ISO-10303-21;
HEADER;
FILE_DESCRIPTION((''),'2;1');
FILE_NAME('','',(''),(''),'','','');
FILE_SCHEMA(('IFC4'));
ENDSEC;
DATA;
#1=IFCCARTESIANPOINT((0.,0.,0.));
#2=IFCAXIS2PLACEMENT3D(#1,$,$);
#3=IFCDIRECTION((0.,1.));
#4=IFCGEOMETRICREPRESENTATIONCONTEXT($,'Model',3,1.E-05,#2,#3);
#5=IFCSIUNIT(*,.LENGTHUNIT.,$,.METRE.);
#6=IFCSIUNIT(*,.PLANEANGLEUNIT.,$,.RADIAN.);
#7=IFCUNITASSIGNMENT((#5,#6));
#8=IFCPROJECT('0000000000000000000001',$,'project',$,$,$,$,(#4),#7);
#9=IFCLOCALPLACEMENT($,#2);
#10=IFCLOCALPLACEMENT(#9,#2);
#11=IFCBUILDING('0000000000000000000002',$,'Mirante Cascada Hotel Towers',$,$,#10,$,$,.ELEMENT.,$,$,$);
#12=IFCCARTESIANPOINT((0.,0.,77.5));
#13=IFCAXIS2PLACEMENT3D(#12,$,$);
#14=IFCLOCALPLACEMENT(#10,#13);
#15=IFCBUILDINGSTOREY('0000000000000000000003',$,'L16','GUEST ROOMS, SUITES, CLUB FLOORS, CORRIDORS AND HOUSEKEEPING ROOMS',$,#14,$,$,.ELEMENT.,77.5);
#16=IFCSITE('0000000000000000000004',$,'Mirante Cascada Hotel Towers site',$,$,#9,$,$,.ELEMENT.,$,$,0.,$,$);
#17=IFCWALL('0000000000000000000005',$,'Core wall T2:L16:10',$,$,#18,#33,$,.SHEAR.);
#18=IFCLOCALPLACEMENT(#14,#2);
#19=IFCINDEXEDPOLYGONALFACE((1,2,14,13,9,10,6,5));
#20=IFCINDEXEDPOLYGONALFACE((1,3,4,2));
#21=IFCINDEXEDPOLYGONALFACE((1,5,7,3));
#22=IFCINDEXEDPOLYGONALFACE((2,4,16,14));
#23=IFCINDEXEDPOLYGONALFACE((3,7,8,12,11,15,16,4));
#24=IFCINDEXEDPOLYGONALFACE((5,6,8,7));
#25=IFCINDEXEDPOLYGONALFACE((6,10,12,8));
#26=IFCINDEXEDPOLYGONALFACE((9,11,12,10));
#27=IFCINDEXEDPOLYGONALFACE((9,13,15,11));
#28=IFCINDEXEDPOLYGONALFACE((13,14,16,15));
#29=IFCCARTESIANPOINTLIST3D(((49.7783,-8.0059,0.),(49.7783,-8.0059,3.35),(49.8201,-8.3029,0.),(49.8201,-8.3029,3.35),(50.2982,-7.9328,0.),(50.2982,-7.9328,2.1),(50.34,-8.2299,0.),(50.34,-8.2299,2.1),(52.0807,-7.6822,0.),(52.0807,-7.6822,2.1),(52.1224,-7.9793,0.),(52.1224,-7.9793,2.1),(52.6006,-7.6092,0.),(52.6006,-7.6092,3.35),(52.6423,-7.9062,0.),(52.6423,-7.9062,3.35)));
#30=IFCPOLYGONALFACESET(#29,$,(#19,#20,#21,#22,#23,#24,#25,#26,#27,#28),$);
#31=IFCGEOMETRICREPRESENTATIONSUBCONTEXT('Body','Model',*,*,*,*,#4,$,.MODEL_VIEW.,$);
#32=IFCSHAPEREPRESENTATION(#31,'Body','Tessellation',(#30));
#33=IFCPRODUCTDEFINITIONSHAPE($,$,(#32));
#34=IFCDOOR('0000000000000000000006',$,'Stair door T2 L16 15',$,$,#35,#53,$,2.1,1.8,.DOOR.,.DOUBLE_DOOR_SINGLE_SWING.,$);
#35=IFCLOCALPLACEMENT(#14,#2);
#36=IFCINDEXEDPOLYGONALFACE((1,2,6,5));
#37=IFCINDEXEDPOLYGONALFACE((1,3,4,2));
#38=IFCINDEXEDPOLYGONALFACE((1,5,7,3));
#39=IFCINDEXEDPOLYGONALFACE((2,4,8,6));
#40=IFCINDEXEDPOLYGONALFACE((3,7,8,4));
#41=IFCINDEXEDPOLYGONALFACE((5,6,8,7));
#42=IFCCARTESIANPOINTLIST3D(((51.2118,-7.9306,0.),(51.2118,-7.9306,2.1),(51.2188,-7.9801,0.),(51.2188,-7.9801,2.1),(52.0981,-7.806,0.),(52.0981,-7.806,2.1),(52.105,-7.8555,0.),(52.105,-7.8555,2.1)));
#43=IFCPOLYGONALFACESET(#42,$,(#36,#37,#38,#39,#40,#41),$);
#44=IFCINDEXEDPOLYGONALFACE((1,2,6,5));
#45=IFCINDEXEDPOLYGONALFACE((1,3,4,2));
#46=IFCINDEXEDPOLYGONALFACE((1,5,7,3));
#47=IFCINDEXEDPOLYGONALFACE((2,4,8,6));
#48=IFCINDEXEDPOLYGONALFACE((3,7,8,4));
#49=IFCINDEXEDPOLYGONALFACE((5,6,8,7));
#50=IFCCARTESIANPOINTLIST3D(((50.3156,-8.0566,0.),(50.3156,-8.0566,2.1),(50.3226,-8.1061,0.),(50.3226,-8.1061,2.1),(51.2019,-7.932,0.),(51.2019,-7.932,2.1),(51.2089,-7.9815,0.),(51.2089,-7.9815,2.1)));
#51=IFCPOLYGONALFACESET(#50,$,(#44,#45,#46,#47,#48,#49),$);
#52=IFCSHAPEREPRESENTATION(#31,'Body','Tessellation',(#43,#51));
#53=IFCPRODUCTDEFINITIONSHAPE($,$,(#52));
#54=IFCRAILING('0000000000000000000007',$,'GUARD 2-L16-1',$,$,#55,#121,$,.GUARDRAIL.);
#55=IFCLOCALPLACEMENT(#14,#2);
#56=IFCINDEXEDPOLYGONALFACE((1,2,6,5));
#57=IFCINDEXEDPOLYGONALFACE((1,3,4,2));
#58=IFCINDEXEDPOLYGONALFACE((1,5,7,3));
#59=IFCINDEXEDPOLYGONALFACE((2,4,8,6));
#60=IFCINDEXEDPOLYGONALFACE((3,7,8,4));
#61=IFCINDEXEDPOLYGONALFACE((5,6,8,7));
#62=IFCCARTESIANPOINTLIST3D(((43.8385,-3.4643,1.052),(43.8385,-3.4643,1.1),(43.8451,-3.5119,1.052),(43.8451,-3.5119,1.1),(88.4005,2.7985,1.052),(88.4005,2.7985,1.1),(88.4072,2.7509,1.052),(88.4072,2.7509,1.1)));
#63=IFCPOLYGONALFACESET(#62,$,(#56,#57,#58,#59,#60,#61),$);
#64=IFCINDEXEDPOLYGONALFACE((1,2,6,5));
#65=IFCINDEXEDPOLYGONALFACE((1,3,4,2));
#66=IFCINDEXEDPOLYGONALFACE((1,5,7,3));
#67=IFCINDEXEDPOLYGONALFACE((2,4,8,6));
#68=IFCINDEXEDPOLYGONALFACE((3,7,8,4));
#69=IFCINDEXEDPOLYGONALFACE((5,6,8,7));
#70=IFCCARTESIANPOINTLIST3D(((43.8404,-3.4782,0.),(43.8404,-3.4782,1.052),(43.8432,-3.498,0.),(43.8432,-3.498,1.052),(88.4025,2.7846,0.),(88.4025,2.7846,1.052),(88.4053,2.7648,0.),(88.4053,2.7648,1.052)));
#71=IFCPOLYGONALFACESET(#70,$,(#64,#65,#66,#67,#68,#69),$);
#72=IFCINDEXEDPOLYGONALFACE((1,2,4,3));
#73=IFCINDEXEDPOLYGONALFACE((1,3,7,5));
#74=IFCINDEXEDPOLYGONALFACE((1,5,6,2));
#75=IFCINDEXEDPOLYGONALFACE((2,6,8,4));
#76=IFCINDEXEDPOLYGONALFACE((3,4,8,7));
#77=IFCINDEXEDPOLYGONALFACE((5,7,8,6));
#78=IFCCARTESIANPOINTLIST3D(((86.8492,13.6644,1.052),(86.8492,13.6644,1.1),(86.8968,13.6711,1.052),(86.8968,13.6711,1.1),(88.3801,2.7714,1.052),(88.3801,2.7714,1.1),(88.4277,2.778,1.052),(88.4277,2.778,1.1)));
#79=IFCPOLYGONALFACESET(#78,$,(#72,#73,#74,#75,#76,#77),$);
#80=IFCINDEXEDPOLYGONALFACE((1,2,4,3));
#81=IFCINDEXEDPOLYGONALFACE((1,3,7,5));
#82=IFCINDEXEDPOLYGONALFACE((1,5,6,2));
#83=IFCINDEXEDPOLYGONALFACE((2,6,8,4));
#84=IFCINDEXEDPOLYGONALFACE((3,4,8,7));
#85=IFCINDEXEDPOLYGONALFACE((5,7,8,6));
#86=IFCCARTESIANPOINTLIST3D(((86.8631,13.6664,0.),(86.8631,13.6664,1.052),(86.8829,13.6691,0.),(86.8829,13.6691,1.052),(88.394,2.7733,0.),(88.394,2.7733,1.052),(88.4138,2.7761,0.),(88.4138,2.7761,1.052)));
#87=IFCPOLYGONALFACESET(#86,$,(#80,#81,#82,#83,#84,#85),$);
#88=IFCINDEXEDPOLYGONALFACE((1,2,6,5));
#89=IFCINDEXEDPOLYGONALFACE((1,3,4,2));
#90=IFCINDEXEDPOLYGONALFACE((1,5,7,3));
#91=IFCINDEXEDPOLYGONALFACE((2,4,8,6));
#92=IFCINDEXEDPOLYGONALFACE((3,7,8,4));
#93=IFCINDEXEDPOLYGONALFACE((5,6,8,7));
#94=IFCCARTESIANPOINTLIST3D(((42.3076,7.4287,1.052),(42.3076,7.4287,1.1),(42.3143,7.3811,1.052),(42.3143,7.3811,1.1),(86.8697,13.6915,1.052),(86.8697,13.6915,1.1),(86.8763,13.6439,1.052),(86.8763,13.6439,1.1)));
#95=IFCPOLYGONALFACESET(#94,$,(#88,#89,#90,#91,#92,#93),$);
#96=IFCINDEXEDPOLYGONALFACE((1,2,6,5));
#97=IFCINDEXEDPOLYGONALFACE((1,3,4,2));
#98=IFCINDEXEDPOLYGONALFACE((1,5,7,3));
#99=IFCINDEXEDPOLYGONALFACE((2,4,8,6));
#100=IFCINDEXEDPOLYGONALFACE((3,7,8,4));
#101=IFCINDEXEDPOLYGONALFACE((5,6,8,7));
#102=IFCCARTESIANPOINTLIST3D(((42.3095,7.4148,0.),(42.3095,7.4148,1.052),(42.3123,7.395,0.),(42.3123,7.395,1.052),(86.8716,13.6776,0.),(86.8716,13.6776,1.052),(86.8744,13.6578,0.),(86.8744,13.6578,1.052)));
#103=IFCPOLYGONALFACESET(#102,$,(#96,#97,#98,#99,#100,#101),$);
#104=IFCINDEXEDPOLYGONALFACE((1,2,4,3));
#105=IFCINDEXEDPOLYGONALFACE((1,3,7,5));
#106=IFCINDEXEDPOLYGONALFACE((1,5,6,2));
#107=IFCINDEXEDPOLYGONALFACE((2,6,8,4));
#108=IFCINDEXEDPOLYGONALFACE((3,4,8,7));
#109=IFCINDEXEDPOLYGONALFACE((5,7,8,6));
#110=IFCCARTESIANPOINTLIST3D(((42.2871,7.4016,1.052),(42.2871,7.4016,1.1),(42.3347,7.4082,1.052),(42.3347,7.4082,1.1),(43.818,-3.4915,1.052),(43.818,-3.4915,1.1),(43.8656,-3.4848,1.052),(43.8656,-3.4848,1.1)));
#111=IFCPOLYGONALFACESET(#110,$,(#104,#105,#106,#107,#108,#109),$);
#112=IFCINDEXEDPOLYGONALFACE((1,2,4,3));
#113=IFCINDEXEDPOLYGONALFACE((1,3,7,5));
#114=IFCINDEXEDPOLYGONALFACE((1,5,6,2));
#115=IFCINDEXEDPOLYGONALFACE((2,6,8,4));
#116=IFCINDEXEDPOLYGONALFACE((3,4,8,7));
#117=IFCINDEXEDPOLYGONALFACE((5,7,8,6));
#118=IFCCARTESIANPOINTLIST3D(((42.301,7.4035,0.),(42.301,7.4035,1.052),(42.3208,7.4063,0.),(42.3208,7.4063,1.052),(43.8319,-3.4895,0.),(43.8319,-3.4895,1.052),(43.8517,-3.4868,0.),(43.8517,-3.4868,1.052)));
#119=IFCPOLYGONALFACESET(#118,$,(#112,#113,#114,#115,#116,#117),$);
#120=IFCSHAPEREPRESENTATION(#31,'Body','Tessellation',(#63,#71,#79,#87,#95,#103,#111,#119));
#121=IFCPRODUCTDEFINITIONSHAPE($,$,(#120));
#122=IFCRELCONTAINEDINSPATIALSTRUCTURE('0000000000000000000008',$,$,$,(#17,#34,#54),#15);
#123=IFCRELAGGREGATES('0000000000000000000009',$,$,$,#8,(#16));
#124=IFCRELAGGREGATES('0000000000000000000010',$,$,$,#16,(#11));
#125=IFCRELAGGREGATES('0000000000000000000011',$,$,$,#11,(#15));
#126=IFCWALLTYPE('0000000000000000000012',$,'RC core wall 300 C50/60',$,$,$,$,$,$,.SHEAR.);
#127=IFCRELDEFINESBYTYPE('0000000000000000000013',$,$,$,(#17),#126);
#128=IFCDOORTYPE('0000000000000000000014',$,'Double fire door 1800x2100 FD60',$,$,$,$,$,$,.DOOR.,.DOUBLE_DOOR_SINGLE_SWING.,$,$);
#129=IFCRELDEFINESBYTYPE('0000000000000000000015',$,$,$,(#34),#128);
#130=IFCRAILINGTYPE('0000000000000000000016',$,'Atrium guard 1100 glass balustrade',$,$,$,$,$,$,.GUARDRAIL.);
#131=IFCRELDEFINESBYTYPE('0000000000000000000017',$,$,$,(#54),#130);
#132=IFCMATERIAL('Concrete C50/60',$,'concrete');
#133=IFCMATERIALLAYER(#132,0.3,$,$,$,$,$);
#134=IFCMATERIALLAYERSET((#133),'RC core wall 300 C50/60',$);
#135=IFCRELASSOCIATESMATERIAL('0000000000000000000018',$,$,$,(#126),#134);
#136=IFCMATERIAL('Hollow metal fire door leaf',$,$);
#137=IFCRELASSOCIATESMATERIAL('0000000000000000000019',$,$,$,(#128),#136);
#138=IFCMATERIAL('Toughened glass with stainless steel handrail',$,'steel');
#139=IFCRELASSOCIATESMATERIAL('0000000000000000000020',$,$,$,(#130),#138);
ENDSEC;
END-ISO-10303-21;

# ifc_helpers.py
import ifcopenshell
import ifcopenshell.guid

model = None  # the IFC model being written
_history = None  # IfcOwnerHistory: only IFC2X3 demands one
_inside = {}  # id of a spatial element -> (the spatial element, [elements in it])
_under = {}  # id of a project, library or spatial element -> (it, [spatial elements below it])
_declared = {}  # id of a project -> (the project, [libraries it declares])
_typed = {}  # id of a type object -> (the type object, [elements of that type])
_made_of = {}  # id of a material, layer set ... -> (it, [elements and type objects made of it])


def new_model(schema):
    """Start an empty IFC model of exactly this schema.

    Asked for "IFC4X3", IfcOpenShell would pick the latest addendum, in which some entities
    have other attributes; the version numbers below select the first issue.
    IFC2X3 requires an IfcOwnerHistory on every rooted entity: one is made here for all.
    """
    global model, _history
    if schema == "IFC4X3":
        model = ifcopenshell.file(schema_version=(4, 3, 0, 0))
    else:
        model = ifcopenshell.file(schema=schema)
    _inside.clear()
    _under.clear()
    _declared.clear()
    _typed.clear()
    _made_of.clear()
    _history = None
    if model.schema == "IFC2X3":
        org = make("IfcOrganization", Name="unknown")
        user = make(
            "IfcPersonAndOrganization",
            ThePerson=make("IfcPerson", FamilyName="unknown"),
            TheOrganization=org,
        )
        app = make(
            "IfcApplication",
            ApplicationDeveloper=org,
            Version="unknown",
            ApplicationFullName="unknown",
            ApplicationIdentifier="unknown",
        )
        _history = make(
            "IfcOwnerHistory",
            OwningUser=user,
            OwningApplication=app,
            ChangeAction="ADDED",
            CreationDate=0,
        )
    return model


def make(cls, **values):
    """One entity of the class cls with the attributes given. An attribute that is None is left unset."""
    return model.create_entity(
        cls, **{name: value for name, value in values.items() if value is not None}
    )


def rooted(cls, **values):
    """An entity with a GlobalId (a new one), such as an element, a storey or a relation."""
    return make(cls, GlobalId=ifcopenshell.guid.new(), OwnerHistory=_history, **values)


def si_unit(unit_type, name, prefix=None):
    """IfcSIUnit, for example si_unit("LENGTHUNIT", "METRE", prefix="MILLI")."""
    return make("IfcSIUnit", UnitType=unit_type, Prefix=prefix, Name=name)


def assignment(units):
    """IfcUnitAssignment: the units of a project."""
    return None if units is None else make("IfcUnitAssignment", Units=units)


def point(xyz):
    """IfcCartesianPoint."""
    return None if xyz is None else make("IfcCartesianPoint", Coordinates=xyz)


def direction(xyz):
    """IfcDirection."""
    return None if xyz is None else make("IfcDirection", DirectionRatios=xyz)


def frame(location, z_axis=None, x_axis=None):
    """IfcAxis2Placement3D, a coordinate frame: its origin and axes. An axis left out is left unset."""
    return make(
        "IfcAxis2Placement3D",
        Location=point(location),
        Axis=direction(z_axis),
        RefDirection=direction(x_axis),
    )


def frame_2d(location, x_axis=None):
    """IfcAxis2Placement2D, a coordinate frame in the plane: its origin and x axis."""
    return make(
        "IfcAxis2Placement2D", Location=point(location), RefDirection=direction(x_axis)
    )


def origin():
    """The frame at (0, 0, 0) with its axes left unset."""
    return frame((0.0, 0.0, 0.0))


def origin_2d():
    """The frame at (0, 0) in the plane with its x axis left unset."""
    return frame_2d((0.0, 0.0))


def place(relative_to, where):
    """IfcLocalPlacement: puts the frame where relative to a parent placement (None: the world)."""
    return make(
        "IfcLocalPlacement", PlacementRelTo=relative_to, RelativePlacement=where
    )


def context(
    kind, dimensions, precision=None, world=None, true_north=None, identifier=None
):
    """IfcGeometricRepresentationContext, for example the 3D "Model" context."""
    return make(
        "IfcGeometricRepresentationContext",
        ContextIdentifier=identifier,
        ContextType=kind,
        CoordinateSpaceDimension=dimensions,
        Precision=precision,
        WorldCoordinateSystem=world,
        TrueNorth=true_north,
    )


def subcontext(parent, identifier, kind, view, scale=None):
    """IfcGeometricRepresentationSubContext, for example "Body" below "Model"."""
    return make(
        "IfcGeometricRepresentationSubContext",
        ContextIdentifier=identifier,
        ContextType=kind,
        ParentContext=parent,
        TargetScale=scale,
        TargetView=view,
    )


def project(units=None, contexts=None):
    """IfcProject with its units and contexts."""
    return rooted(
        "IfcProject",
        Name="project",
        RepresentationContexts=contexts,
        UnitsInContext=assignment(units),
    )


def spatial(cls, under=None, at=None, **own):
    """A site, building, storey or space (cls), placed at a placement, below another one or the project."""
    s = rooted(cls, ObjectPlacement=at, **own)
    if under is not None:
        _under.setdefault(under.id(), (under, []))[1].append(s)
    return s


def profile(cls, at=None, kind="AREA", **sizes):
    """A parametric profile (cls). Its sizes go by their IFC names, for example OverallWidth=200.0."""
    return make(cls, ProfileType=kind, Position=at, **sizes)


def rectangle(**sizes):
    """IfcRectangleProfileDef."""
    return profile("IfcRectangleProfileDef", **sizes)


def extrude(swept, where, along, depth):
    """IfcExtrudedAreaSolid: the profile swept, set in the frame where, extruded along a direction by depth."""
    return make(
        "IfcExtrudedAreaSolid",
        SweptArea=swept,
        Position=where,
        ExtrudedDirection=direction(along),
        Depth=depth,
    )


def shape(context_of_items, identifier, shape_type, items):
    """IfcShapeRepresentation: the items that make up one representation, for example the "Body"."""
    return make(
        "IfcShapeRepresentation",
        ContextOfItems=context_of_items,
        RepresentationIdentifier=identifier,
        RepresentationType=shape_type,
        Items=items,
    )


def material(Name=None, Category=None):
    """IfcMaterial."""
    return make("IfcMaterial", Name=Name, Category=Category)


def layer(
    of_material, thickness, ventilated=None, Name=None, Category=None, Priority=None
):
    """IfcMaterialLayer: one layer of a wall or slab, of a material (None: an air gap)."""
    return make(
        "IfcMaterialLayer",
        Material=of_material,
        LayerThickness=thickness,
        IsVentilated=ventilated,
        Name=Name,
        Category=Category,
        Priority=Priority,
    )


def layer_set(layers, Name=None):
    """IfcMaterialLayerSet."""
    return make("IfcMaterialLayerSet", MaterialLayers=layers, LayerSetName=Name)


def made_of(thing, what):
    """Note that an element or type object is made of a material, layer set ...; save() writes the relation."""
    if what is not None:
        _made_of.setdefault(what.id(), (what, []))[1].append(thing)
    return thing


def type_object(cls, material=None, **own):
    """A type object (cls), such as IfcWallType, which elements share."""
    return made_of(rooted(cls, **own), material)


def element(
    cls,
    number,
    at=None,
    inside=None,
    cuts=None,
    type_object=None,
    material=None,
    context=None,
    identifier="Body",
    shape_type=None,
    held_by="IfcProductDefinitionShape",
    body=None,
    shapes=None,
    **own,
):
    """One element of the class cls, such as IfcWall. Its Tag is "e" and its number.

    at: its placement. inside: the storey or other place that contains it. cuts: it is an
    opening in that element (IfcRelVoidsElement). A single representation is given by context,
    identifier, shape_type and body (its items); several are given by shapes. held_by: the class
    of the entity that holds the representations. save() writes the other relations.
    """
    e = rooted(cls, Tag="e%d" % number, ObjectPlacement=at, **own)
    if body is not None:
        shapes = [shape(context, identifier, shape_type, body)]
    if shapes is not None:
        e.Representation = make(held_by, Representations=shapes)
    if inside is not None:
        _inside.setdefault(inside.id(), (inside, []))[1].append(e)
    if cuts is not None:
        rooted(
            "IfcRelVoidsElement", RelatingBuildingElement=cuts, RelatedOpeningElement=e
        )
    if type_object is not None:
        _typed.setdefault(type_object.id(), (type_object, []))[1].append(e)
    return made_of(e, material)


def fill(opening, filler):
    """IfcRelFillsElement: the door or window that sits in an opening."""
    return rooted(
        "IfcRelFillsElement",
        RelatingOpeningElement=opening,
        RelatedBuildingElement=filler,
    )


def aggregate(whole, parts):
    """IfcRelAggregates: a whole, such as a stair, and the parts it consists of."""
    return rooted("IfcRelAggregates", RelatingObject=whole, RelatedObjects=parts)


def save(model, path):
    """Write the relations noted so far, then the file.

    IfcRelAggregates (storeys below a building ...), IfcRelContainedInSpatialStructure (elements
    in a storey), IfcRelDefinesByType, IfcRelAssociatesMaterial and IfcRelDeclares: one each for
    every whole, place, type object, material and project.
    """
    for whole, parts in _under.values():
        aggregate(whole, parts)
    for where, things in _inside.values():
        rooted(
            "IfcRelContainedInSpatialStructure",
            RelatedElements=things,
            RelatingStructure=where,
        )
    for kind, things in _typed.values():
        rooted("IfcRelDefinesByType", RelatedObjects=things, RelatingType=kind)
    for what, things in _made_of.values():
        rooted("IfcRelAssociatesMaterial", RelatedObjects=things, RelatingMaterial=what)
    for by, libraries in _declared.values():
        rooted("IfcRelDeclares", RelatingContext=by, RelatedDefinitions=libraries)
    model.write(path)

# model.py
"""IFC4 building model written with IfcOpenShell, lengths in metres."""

from ifc_helpers import new_model, si_unit, direction, frame, frame_2d, origin, origin_2d, place, context, subcontext, project, spatial, rectangle, extrude, material, layer, layer_set, type_object, element, fill, save


model = new_model("IFC4")

# Units and contexts
model_context = context("Model", 3, precision=1e-05, world=origin(), true_north=direction((0.0, 1.0)))
body_context = subcontext(model_context, "Body", "Model", "MODEL_VIEW")
ifc_project = project(units=[si_unit("LENGTHUNIT", "METRE"), si_unit("PLANEANGLEUNIT", "RADIAN")], contexts=[model_context])

# Site, building, storey
site_placement = place(None, origin())
site = spatial("IfcSite", under=ifc_project, at=site_placement, Name="Mirante Cascada Hotel Towers site", CompositionType="ELEMENT", RefElevation=0.0)
building_placement = place(site_placement, origin())
building = spatial("IfcBuilding", under=site, at=building_placement, Name="Mirante Cascada Hotel Towers", CompositionType="ELEMENT")
storey_placement = place(building_placement, frame((0.0, 0.0, 77.5)))
storey = spatial("IfcBuildingStorey", under=building, at=storey_placement, Name="L16", Description="GUEST ROOMS, SUITES, CLUB FLOORS, CORRIDORS AND HOUSEKEEPING ROOMS", CompositionType="ELEMENT", Elevation=77.5)

# Wall, opening, door
ifc_material_1 = material(Name="Concrete C50/60", Category="concrete")
ifc_layer_1 = layer(ifc_material_1, 0.3)
ifc_layer_set_1 = layer_set([ifc_layer_1], Name="RC core wall 300 C50/60")
wall_type_1 = type_object("IfcWallType", Name="RC core wall 300 C50/60", PredefinedType="SHEAR", material=ifc_layer_set_1)
wall_1_placement = place(storey_placement, frame((49.7992, -8.1544, 0.0), z_axis=(0.0, 0.0, 1.0), x_axis=(0.990266, 0.139191, 0.0)))
wall_1 = element("IfcWall", 1, at=wall_1_placement, inside=storey, type_object=wall_type_1, Name="Core wall T2:L16:10", PredefinedType="SHEAR", context=body_context, shape_type="SweptSolid", body=[
    extrude(rectangle(XDim=2.85, YDim=0.3, at=frame_2d((1.425, 0.0))), origin(), (0.0, 0.0, 1.0), 3.35),
])
opening_1_placement = place(wall_1_placement, frame((0.525, 0.0, 0.0)))
opening_1 = element("IfcOpeningElement", 2, at=opening_1_placement, cuts=wall_1, PredefinedType="OPENING", context=body_context, shape_type="SweptSolid", body=[
    extrude(rectangle(XDim=1.8, YDim=2.1, at=frame_2d((0.9, 1.05))), frame((0.0, 0.15, 0.0), z_axis=(0.0, -1.0, 0.0), x_axis=(1.0, 0.0, 0.0)), (0.0, 0.0, 1.0), 0.3),
])
ifc_material_2 = material(Name="Hollow metal fire door leaf")
door_type_1 = type_object("IfcDoorType", Name="Double fire door 1800x2100 FD60", OperationType="DOUBLE_DOOR_SINGLE_SWING", PredefinedType="DOOR", material=ifc_material_2)
door_1_placement = place(opening_1_placement, frame((1.8, 0.0, 0.0), z_axis=(0.0, 0.0, 1.0), x_axis=(-1.0, 0.0, 0.0)))
door_1 = element("IfcDoor", 3, at=door_1_placement, inside=storey, type_object=door_type_1, Name="Stair door T2 L16 15", OperationType="DOUBLE_DOOR_SINGLE_SWING", OverallHeight=2.1, OverallWidth=1.8, PredefinedType="DOOR", context=body_context, shape_type="SweptSolid", body=[
    extrude(rectangle(XDim=0.895, YDim=2.1, at=frame_2d((0.4475, 1.05))), frame((0.0, 0.025, 0.0), z_axis=(0.0, -1.0, 0.0), x_axis=(1.0, 0.0, 0.0)), (0.0, 0.0, 1.0), 0.05),
    extrude(rectangle(XDim=0.895, YDim=2.1, at=frame_2d((1.3525, 1.05))), frame((0.0, 0.025, 0.0), z_axis=(0.0, -1.0, 0.0), x_axis=(1.0, 0.0, 0.0)), (0.0, 0.0, 1.0), 0.05),
])
fill(opening_1, door_1)

# Railing
ifc_material_3 = material(Name="Toughened glass with stainless steel handrail", Category="steel")
railing_type = type_object("IfcRailingType", Name="Atrium guard 1100 glass balustrade", PredefinedType="GUARDRAIL", material=ifc_material_3)
railing_placement = place(storey_placement, frame((43.8418, -3.4881, 0.0)))
element("IfcRailing", 4, at=railing_placement, inside=storey, type_object=railing_type, Name="GUARD 2-L16-1", PredefinedType="GUARDRAIL", context=body_context, shape_type="SweptSolid", body=[
    extrude(rectangle(XDim=0.048, YDim=0.048, at=origin_2d()), frame((0.0, 0.0, 1.076), z_axis=(0.990268, 0.139173, 0.0), x_axis=(-0.139173, 0.990268, 0.0)), (0.0, 0.0, 1.0), 45.0),
    extrude(rectangle(XDim=0.02, YDim=1.052, at=origin_2d()), frame((0.0, 0.0, 0.526), z_axis=(0.990268, 0.139173, 0.0), x_axis=(-0.139173, 0.990268, 0.0)), (0.0, 0.0, 1.0), 45.0),
    extrude(rectangle(XDim=0.048, YDim=0.048, at=origin_2d()), frame((44.5621, 6.2628, 1.076), z_axis=(-0.139172, 0.990268, 0.0), x_axis=(-0.990268, -0.139172, 0.0)), (0.0, 0.0, 1.0), 11.0001),
    extrude(rectangle(XDim=0.02, YDim=1.052, at=origin_2d()), frame((44.5621, 6.2628, 0.526), z_axis=(-0.139172, 0.990268, 0.0), x_axis=(-0.990268, -0.139172, 0.0)), (0.0, 0.0, 1.0), 11.0001),
    extrude(rectangle(XDim=0.048, YDim=0.048, at=origin_2d()), frame((43.0312, 17.1558, 1.076), z_axis=(-0.990268, -0.139173, 0.0), x_axis=(0.139173, -0.990268, 0.0)), (0.0, 0.0, 1.0), 45.0),
    extrude(rectangle(XDim=0.02, YDim=1.052, at=origin_2d()), frame((43.0312, 17.1558, 0.526), z_axis=(-0.990268, -0.139173, 0.0), x_axis=(0.139173, -0.990268, 0.0)), (0.0, 0.0, 1.0), 45.0),
    extrude(rectangle(XDim=0.048, YDim=0.048, at=origin_2d()), frame((-1.5309, 10.893, 1.076), z_axis=(0.139172, -0.990268, 0.0), x_axis=(0.990268, 0.139172, 0.0)), (0.0, 0.0, 1.0), 11.0001),
    extrude(rectangle(XDim=0.02, YDim=1.052, at=origin_2d()), frame((-1.5309, 10.893, 0.526), z_axis=(0.139172, -0.990268, 0.0), x_axis=(0.990268, 0.139172, 0.0)), (0.0, 0.0, 1.0), 11.0001),
])

save(model, "model.ifc")
